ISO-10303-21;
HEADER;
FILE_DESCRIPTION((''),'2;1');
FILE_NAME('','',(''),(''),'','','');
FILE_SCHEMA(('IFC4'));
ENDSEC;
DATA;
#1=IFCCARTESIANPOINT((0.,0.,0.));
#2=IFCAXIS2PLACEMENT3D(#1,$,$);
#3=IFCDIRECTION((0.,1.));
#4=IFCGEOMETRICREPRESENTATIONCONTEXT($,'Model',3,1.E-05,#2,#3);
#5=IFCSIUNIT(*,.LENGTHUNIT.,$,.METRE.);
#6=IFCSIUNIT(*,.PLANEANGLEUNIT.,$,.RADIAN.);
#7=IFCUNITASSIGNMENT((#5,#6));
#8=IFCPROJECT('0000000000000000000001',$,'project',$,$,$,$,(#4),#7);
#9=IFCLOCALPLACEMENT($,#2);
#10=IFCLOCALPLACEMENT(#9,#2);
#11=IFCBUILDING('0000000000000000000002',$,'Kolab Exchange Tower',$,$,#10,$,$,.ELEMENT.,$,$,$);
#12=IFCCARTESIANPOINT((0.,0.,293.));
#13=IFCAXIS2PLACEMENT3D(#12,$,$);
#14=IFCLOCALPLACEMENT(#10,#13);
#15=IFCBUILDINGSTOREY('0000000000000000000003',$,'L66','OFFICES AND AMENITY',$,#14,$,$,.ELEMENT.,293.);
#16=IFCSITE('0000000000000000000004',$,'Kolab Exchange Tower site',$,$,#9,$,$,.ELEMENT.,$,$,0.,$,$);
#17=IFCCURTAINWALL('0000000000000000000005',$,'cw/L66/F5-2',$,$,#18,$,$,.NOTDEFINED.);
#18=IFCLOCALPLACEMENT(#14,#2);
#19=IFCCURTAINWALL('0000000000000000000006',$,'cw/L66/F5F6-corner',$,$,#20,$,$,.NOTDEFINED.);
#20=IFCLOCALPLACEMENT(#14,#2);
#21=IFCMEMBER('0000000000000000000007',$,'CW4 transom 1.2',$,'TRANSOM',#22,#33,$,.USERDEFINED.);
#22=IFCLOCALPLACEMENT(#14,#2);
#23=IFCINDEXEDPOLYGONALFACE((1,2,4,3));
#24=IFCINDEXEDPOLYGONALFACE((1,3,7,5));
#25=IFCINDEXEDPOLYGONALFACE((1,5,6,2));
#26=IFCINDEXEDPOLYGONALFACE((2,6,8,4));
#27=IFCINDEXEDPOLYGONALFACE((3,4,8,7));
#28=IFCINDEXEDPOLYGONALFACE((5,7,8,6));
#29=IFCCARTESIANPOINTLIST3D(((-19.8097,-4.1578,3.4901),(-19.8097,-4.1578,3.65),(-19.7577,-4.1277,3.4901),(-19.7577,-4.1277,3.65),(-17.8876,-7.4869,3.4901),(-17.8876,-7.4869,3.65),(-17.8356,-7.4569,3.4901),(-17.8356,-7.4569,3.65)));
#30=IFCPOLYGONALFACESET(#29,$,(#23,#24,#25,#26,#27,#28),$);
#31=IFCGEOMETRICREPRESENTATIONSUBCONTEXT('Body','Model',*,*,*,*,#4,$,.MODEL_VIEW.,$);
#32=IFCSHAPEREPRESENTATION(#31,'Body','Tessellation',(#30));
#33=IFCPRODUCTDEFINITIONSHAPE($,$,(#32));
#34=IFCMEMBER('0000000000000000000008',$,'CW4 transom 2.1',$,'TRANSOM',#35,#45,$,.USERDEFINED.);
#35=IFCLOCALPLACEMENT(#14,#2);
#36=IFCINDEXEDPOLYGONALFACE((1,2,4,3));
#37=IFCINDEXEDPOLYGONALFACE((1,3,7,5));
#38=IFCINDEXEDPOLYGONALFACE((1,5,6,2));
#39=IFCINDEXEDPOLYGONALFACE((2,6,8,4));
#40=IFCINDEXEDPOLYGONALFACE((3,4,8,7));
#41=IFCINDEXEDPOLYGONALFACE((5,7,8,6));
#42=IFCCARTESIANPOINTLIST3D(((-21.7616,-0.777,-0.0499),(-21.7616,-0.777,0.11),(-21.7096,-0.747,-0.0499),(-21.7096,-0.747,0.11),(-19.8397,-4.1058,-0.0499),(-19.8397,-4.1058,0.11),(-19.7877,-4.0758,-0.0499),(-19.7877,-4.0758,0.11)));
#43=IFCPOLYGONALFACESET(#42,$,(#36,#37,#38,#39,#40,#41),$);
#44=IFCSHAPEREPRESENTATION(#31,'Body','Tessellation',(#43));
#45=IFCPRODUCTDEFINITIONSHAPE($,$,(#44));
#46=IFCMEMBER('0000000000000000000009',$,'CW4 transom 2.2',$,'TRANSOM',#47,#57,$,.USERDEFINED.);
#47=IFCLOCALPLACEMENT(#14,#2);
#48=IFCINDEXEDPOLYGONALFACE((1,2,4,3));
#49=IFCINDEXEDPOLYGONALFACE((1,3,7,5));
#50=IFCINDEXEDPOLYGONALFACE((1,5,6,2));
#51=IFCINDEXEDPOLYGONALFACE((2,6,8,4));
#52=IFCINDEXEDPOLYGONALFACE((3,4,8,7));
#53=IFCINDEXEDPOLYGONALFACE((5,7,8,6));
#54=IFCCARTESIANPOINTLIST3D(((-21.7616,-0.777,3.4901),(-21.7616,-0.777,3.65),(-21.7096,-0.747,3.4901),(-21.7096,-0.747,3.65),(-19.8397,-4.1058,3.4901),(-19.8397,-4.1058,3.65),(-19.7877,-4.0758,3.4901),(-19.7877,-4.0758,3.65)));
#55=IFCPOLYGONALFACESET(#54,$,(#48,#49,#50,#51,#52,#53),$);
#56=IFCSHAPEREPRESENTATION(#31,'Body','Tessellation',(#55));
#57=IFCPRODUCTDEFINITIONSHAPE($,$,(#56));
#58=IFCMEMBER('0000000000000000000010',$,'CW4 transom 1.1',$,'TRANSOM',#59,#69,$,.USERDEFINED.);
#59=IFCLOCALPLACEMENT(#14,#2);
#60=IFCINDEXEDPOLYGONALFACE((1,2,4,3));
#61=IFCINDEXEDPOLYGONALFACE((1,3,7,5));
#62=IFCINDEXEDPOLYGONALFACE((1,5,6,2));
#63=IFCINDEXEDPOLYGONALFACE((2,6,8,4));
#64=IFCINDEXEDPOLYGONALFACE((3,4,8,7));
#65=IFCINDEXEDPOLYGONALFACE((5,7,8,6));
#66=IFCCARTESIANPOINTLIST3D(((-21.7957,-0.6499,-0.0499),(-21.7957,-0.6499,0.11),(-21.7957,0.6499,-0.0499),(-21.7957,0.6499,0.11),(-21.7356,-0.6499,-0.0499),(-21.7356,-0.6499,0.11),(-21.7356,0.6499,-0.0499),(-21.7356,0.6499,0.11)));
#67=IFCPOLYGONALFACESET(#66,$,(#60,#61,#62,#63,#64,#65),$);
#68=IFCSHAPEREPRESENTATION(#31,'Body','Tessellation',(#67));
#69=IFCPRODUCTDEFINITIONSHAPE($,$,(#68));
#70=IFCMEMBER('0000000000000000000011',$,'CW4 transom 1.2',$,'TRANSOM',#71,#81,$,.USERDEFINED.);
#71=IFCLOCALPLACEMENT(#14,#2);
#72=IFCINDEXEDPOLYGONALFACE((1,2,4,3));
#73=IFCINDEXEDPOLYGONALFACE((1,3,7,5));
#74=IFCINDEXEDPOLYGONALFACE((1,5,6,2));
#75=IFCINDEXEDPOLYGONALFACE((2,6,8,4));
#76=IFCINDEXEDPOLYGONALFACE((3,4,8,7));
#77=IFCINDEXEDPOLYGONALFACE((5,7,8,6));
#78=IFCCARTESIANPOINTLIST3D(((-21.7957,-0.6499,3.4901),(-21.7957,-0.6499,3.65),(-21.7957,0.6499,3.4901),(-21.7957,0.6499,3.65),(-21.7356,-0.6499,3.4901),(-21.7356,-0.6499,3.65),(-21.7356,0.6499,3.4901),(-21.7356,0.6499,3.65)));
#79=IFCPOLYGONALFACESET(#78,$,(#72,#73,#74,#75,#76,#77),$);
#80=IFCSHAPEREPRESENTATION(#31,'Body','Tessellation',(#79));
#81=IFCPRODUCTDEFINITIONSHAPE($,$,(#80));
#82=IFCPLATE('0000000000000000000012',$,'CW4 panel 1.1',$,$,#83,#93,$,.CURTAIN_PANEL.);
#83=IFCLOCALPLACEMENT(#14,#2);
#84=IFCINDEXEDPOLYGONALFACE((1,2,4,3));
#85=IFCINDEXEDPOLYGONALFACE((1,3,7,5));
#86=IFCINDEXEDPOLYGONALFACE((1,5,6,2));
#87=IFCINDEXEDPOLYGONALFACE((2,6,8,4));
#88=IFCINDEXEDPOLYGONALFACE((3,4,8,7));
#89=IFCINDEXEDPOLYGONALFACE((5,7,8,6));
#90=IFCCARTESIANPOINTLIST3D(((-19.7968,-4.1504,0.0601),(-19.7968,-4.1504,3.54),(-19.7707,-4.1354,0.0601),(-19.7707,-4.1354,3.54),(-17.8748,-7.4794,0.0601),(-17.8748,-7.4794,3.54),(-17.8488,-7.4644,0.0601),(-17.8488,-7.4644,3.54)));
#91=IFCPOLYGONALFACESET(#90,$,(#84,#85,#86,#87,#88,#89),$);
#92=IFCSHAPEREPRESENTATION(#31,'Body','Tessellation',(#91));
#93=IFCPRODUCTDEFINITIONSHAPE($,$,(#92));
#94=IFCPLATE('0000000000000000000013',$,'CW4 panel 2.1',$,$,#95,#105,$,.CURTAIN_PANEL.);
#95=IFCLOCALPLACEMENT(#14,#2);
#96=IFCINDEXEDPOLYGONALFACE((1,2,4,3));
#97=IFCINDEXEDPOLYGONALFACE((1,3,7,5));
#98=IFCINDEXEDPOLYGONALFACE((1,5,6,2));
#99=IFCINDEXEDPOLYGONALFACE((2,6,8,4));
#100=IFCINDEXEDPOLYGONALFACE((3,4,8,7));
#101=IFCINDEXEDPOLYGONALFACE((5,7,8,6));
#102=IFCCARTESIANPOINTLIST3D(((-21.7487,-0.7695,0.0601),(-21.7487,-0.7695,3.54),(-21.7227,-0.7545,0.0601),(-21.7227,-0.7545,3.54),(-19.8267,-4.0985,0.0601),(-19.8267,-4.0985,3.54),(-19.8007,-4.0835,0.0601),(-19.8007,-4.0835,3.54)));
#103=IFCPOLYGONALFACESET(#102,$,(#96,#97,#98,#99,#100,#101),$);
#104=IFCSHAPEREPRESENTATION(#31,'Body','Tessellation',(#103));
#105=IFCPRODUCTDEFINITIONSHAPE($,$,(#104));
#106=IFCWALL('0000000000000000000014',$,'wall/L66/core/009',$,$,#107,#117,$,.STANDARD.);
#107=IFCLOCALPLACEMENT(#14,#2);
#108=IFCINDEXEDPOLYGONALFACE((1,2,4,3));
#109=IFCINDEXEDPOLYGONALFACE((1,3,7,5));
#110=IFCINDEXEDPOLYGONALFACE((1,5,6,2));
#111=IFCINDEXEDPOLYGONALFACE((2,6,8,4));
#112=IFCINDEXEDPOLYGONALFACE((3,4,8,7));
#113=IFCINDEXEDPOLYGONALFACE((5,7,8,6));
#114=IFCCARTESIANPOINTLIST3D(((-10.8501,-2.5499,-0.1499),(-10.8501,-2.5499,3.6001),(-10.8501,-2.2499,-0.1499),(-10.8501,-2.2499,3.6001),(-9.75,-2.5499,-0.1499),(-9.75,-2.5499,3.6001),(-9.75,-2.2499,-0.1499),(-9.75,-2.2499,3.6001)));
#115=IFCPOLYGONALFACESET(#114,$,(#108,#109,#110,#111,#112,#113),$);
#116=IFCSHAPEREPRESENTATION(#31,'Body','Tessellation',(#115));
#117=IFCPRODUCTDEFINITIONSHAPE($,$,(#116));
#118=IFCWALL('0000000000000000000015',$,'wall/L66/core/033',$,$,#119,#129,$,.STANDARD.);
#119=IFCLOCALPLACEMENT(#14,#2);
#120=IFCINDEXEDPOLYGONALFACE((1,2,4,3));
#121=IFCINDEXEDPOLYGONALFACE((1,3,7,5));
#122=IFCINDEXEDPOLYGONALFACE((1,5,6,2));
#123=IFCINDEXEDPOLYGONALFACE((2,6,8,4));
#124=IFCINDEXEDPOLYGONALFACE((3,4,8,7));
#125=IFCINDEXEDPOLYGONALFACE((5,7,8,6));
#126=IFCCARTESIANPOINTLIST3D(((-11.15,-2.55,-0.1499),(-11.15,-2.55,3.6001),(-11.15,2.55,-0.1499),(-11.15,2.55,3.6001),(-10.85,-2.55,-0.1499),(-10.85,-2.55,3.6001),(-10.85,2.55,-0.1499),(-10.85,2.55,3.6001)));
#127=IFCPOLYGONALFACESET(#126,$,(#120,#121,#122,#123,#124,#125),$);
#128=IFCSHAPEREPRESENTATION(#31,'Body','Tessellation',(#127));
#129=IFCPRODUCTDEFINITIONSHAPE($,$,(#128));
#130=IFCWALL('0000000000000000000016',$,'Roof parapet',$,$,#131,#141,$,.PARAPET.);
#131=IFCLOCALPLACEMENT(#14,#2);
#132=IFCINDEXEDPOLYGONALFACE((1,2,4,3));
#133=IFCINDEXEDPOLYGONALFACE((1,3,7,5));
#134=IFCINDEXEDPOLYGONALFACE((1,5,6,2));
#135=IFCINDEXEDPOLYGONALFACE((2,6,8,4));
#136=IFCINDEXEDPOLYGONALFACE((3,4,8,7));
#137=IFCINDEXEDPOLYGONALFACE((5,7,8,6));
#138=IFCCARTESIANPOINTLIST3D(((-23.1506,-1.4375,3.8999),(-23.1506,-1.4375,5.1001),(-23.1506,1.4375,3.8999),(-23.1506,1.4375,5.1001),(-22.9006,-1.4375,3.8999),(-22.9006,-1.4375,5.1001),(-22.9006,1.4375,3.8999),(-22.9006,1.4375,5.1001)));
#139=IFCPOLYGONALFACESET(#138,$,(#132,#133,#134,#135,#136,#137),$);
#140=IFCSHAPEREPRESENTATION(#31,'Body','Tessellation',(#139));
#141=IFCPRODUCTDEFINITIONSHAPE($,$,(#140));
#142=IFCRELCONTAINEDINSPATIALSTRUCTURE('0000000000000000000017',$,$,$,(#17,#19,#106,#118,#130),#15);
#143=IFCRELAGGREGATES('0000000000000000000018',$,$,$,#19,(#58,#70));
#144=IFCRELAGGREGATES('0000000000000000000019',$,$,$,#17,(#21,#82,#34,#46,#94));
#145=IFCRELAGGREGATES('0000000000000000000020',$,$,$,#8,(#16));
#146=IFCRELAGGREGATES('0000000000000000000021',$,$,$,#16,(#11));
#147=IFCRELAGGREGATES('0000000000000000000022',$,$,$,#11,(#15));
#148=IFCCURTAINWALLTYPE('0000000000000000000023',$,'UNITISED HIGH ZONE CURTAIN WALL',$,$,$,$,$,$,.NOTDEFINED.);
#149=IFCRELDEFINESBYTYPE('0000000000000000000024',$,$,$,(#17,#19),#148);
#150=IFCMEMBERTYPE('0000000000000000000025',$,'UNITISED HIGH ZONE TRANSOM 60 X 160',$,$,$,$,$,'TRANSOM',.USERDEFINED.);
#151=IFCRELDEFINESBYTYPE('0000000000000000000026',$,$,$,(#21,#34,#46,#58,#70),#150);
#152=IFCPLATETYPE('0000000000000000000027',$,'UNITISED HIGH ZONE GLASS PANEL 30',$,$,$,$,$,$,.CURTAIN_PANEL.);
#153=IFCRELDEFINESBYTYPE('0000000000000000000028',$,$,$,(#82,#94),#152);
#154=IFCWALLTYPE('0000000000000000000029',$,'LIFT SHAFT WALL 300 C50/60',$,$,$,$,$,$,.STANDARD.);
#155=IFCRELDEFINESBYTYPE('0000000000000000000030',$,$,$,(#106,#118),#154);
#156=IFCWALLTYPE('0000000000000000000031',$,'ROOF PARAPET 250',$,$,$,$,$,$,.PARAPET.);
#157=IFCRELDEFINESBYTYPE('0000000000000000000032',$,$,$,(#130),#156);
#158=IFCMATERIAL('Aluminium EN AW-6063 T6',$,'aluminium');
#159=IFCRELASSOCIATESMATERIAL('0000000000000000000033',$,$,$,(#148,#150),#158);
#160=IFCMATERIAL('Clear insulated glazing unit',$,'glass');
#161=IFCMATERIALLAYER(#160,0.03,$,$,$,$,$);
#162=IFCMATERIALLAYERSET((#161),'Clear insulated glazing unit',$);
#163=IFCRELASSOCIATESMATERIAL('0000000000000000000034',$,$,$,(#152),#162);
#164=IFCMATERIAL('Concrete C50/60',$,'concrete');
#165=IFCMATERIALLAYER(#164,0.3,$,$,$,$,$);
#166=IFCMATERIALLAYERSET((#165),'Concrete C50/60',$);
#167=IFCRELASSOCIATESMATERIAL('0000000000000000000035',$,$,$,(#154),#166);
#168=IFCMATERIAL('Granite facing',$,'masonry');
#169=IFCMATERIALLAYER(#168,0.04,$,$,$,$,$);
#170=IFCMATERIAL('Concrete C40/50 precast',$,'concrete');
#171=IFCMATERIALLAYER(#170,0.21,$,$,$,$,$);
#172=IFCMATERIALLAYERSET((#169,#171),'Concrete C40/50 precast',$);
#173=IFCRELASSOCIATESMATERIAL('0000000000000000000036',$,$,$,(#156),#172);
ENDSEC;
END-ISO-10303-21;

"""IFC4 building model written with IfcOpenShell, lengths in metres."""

from ifc_helpers import new_model, si_unit, direction, frame, frame_2d, origin, origin_2d, place, context, subcontext, project, spatial, rectangle, extrude, material, layer, layer_set, material_profile, profile_set, type_object, element, aggregate, save


model = new_model("IFC4")

# Units and contexts
model_context = context("Model", 3, precision=1e-05, world=origin(), true_north=direction((0.0, 1.0)))
body_context = subcontext(model_context, "Body", "Model", "MODEL_VIEW")
ifc_project = project(units=[si_unit("LENGTHUNIT", "METRE"), si_unit("PLANEANGLEUNIT", "RADIAN")], contexts=[model_context])

# Site, building, storey
site_placement = place(None, origin())
site = spatial("IfcSite", under=ifc_project, at=site_placement, Name="Kolab Exchange Tower site", CompositionType="ELEMENT", RefElevation=0.0)
building_placement = place(site_placement, origin())
building = spatial("IfcBuilding", under=site, at=building_placement, Name="Kolab Exchange Tower", CompositionType="ELEMENT")
storey_placement = place(building_placement, frame((0.0, 0.0, 293.0)))
storey = spatial("IfcBuildingStorey", under=building, at=storey_placement, Name="L66", Description="OFFICES AND AMENITY", CompositionType="ELEMENT", Elevation=293.0)

# Shared definitions
ifc_material_1 = material(Name="Concrete C50/60", Category="concrete")

# Shared definitions
ifc_material_2 = material(Name="Aluminium EN AW-6063 T6", Category="aluminium")
curtain_wall_type = type_object("IfcCurtainWallType", Name="UNITISED HIGH ZONE CURTAIN WALL", PredefinedType="NOTDEFINED", material=ifc_material_2)

# Curtain wall
curtain_wall_1_placement = place(storey_placement, origin())
curtain_wall_1 = element("IfcCurtainWall", 1, at=curtain_wall_1_placement, inside=storey, type_object=curtain_wall_type, Name="cw/L66/F5-2", PredefinedType="NOTDEFINED")

# Curtain wall
curtain_wall_2_placement = place(storey_placement, origin())
curtain_wall_2 = element("IfcCurtainWall", 2, at=curtain_wall_2_placement, inside=storey, type_object=curtain_wall_type, Name="cw/L66/F5F6-corner", PredefinedType="NOTDEFINED")

# Members
ifc_material_profile_1 = material_profile(ifc_material_2, rectangle(XDim=0.0601, YDim=0.1599, at=origin_2d()), Name="RECT 60X160")
ifc_profile_set_1 = profile_set([ifc_material_profile_1], Name="Aluminium EN AW-6063 T6")
member_type_1 = type_object("IfcMemberType", Name="UNITISED HIGH ZONE TRANSOM 60 X 160", ElementType="TRANSOM", PredefinedType="USERDEFINED", material=ifc_profile_set_1)
member_1_placement = place(storey_placement, frame((-17.8616, -7.4719, 3.5701), z_axis=(-0.500012, 0.866018, 0.0), x_axis=(-0.866018, -0.500012, 0.0)))
member_1 = element("IfcMember", 3, at=member_1_placement, type_object=member_type_1, Name="CW4 transom 1.2", ObjectType="TRANSOM", PredefinedType="USERDEFINED", context=body_context, shape_type="SweptSolid", body=[
    extrude(rectangle(XDim=0.0601, YDim=0.1599, at=origin_2d()), origin(), (0.0, 0.0, 1.0), 3.8442),
])
member_2_placement = place(storey_placement, frame((-19.8137, -4.0908, 0.03), z_axis=(-0.499992, 0.86603, 0.0), x_axis=(-0.86603, -0.499992, 0.0)))
member_2 = element("IfcMember", 4, at=member_2_placement, type_object=member_type_1, Name="CW4 transom 2.1", ObjectType="TRANSOM", PredefinedType="USERDEFINED", context=body_context, shape_type="SweptSolid", body=[
    extrude(rectangle(XDim=0.0601, YDim=0.1599, at=origin_2d()), origin(), (0.0, 0.0, 1.0), 3.8438),
])
member_3_placement = place(storey_placement, frame((-19.8137, -4.0908, 3.5701), z_axis=(-0.499992, 0.86603, 0.0), x_axis=(-0.86603, -0.499992, 0.0)))
member_3 = element("IfcMember", 5, at=member_3_placement, type_object=member_type_1, Name="CW4 transom 2.2", ObjectType="TRANSOM", PredefinedType="USERDEFINED", context=body_context, shape_type="SweptSolid", body=[
    extrude(rectangle(XDim=0.0601, YDim=0.1599, at=origin_2d()), origin(), (0.0, 0.0, 1.0), 3.8438),
])
member_4_placement = place(storey_placement, frame((-21.7656, -0.6499, 0.03), z_axis=(0.0, 1.0, 0.0), x_axis=(-1.0, 0.0, 0.0)))
member_4 = element("IfcMember", 6, at=member_4_placement, type_object=member_type_1, Name="CW4 transom 1.1", ObjectType="TRANSOM", PredefinedType="USERDEFINED", context=body_context, shape_type="SweptSolid", body=[
    extrude(rectangle(XDim=0.0601, YDim=0.1599, at=origin_2d()), origin(), (0.0, 0.0, 1.0), 1.2998),
])
member_5_placement = place(storey_placement, frame((-21.7656, -0.6499, 3.5701), z_axis=(0.0, 1.0, 0.0), x_axis=(-1.0, 0.0, 0.0)))
member_5 = element("IfcMember", 7, at=member_5_placement, type_object=member_type_1, Name="CW4 transom 1.2", ObjectType="TRANSOM", PredefinedType="USERDEFINED", context=body_context, shape_type="SweptSolid", body=[
    extrude(rectangle(XDim=0.0601, YDim=0.1599, at=origin_2d()), origin(), (0.0, 0.0, 1.0), 1.2998),
])
aggregate(curtain_wall_2, [member_4, member_5])

# Plates
ifc_material_3 = material(Name="Clear insulated glazing unit", Category="glass")
ifc_layer_1 = layer(ifc_material_3, 0.03)
ifc_layer_set_1 = layer_set([ifc_layer_1], Name="Clear insulated glazing unit")
plate_type = type_object("IfcPlateType", Name="UNITISED HIGH ZONE GLASS PANEL 30", PredefinedType="CURTAIN_PANEL", material=ifc_layer_set_1)
plate_1_placement = place(storey_placement, frame((-18.8228, -5.8074, 0.0601), z_axis=(0.0, 0.0, 1.0), x_axis=(-0.5, 0.866025, 0.0)))
plate_1 = element("IfcPlate", 8, at=plate_1_placement, type_object=plate_type, Name="CW4 panel 1.1", PredefinedType="CURTAIN_PANEL", context=body_context, shape_type="SweptSolid", body=[
    extrude(rectangle(XDim=3.844, YDim=0.03, at=origin_2d()), origin(), (0.0, 0.0, 1.0), 3.48),
])
plate_2_placement = place(storey_placement, frame((-20.7747, -2.4265, 0.0601), z_axis=(0.0, 0.0, 1.0), x_axis=(-0.5, 0.866025, 0.0)))
plate_2 = element("IfcPlate", 9, at=plate_2_placement, type_object=plate_type, Name="CW4 panel 2.1", PredefinedType="CURTAIN_PANEL", context=body_context, shape_type="SweptSolid", body=[
    extrude(rectangle(XDim=3.844, YDim=0.03, at=origin_2d()), origin(), (0.0, 0.0, 1.0), 3.48),
])
aggregate(curtain_wall_1, [member_1, plate_1, member_2, member_3, plate_2])

# Walls
ifc_layer_2 = layer(ifc_material_1, 0.3)
ifc_layer_set_2 = layer_set([ifc_layer_2], Name="Concrete C50/60")
wall_type_1 = type_object("IfcWallType", Name="LIFT SHAFT WALL 300 C50/60", PredefinedType="STANDARD", material=ifc_layer_set_2)
wall_1_placement = place(storey_placement, frame((-10.8501, -2.3999, -0.1499), z_axis=(0.0, 0.0, 1.0), x_axis=(1.0, 0.0, 0.0)))
element("IfcWall", 10, at=wall_1_placement, inside=storey, type_object=wall_type_1, Name="wall/L66/core/009", PredefinedType="STANDARD", context=body_context, shape_type="SweptSolid", body=[
    extrude(rectangle(XDim=1.1001, YDim=0.3, at=frame_2d((0.55, 0.0))), origin(), (0.0, 0.0, 1.0), 3.75),
])
wall_2_placement = place(storey_placement, frame((-11.0, -2.55, -0.1499), z_axis=(0.0, 0.0, 1.0), x_axis=(0.0, 1.0, 0.0)))
element("IfcWall", 11, at=wall_2_placement, inside=storey, type_object=wall_type_1, Name="wall/L66/core/033", PredefinedType="STANDARD", context=body_context, shape_type="SweptSolid", body=[
    extrude(rectangle(XDim=5.1001, YDim=0.3, at=frame_2d((2.55, 0.0))), origin(), (0.0, 0.0, 1.0), 3.75),
])
ifc_material_4 = material(Name="Granite facing", Category="masonry")
ifc_layer_3 = layer(ifc_material_4, 0.04)
ifc_material_5 = material(Name="Concrete C40/50 precast", Category="concrete")
ifc_layer_4 = layer(ifc_material_5, 0.21)
ifc_layer_set_3 = layer_set([ifc_layer_3, ifc_layer_4], Name="Concrete C40/50 precast")
wall_type_2 = type_object("IfcWallType", Name="ROOF PARAPET 250", PredefinedType="PARAPET", material=ifc_layer_set_3)
wall_3_placement = place(storey_placement, frame((-23.0256, -1.4375, 3.8999), z_axis=(0.0, 0.0, 1.0), x_axis=(0.0, 1.0, 0.0)))
element("IfcWall", 12, at=wall_3_placement, inside=storey, type_object=wall_type_2, Name="Roof parapet", PredefinedType="PARAPET", context=body_context, shape_type="SweptSolid", body=[
    extrude(rectangle(XDim=2.875, YDim=0.25, at=frame_2d((1.4375, 0.0))), origin(), (0.0, 0.0, 1.0), 1.2002),
])

save(model, "model.ifc")
